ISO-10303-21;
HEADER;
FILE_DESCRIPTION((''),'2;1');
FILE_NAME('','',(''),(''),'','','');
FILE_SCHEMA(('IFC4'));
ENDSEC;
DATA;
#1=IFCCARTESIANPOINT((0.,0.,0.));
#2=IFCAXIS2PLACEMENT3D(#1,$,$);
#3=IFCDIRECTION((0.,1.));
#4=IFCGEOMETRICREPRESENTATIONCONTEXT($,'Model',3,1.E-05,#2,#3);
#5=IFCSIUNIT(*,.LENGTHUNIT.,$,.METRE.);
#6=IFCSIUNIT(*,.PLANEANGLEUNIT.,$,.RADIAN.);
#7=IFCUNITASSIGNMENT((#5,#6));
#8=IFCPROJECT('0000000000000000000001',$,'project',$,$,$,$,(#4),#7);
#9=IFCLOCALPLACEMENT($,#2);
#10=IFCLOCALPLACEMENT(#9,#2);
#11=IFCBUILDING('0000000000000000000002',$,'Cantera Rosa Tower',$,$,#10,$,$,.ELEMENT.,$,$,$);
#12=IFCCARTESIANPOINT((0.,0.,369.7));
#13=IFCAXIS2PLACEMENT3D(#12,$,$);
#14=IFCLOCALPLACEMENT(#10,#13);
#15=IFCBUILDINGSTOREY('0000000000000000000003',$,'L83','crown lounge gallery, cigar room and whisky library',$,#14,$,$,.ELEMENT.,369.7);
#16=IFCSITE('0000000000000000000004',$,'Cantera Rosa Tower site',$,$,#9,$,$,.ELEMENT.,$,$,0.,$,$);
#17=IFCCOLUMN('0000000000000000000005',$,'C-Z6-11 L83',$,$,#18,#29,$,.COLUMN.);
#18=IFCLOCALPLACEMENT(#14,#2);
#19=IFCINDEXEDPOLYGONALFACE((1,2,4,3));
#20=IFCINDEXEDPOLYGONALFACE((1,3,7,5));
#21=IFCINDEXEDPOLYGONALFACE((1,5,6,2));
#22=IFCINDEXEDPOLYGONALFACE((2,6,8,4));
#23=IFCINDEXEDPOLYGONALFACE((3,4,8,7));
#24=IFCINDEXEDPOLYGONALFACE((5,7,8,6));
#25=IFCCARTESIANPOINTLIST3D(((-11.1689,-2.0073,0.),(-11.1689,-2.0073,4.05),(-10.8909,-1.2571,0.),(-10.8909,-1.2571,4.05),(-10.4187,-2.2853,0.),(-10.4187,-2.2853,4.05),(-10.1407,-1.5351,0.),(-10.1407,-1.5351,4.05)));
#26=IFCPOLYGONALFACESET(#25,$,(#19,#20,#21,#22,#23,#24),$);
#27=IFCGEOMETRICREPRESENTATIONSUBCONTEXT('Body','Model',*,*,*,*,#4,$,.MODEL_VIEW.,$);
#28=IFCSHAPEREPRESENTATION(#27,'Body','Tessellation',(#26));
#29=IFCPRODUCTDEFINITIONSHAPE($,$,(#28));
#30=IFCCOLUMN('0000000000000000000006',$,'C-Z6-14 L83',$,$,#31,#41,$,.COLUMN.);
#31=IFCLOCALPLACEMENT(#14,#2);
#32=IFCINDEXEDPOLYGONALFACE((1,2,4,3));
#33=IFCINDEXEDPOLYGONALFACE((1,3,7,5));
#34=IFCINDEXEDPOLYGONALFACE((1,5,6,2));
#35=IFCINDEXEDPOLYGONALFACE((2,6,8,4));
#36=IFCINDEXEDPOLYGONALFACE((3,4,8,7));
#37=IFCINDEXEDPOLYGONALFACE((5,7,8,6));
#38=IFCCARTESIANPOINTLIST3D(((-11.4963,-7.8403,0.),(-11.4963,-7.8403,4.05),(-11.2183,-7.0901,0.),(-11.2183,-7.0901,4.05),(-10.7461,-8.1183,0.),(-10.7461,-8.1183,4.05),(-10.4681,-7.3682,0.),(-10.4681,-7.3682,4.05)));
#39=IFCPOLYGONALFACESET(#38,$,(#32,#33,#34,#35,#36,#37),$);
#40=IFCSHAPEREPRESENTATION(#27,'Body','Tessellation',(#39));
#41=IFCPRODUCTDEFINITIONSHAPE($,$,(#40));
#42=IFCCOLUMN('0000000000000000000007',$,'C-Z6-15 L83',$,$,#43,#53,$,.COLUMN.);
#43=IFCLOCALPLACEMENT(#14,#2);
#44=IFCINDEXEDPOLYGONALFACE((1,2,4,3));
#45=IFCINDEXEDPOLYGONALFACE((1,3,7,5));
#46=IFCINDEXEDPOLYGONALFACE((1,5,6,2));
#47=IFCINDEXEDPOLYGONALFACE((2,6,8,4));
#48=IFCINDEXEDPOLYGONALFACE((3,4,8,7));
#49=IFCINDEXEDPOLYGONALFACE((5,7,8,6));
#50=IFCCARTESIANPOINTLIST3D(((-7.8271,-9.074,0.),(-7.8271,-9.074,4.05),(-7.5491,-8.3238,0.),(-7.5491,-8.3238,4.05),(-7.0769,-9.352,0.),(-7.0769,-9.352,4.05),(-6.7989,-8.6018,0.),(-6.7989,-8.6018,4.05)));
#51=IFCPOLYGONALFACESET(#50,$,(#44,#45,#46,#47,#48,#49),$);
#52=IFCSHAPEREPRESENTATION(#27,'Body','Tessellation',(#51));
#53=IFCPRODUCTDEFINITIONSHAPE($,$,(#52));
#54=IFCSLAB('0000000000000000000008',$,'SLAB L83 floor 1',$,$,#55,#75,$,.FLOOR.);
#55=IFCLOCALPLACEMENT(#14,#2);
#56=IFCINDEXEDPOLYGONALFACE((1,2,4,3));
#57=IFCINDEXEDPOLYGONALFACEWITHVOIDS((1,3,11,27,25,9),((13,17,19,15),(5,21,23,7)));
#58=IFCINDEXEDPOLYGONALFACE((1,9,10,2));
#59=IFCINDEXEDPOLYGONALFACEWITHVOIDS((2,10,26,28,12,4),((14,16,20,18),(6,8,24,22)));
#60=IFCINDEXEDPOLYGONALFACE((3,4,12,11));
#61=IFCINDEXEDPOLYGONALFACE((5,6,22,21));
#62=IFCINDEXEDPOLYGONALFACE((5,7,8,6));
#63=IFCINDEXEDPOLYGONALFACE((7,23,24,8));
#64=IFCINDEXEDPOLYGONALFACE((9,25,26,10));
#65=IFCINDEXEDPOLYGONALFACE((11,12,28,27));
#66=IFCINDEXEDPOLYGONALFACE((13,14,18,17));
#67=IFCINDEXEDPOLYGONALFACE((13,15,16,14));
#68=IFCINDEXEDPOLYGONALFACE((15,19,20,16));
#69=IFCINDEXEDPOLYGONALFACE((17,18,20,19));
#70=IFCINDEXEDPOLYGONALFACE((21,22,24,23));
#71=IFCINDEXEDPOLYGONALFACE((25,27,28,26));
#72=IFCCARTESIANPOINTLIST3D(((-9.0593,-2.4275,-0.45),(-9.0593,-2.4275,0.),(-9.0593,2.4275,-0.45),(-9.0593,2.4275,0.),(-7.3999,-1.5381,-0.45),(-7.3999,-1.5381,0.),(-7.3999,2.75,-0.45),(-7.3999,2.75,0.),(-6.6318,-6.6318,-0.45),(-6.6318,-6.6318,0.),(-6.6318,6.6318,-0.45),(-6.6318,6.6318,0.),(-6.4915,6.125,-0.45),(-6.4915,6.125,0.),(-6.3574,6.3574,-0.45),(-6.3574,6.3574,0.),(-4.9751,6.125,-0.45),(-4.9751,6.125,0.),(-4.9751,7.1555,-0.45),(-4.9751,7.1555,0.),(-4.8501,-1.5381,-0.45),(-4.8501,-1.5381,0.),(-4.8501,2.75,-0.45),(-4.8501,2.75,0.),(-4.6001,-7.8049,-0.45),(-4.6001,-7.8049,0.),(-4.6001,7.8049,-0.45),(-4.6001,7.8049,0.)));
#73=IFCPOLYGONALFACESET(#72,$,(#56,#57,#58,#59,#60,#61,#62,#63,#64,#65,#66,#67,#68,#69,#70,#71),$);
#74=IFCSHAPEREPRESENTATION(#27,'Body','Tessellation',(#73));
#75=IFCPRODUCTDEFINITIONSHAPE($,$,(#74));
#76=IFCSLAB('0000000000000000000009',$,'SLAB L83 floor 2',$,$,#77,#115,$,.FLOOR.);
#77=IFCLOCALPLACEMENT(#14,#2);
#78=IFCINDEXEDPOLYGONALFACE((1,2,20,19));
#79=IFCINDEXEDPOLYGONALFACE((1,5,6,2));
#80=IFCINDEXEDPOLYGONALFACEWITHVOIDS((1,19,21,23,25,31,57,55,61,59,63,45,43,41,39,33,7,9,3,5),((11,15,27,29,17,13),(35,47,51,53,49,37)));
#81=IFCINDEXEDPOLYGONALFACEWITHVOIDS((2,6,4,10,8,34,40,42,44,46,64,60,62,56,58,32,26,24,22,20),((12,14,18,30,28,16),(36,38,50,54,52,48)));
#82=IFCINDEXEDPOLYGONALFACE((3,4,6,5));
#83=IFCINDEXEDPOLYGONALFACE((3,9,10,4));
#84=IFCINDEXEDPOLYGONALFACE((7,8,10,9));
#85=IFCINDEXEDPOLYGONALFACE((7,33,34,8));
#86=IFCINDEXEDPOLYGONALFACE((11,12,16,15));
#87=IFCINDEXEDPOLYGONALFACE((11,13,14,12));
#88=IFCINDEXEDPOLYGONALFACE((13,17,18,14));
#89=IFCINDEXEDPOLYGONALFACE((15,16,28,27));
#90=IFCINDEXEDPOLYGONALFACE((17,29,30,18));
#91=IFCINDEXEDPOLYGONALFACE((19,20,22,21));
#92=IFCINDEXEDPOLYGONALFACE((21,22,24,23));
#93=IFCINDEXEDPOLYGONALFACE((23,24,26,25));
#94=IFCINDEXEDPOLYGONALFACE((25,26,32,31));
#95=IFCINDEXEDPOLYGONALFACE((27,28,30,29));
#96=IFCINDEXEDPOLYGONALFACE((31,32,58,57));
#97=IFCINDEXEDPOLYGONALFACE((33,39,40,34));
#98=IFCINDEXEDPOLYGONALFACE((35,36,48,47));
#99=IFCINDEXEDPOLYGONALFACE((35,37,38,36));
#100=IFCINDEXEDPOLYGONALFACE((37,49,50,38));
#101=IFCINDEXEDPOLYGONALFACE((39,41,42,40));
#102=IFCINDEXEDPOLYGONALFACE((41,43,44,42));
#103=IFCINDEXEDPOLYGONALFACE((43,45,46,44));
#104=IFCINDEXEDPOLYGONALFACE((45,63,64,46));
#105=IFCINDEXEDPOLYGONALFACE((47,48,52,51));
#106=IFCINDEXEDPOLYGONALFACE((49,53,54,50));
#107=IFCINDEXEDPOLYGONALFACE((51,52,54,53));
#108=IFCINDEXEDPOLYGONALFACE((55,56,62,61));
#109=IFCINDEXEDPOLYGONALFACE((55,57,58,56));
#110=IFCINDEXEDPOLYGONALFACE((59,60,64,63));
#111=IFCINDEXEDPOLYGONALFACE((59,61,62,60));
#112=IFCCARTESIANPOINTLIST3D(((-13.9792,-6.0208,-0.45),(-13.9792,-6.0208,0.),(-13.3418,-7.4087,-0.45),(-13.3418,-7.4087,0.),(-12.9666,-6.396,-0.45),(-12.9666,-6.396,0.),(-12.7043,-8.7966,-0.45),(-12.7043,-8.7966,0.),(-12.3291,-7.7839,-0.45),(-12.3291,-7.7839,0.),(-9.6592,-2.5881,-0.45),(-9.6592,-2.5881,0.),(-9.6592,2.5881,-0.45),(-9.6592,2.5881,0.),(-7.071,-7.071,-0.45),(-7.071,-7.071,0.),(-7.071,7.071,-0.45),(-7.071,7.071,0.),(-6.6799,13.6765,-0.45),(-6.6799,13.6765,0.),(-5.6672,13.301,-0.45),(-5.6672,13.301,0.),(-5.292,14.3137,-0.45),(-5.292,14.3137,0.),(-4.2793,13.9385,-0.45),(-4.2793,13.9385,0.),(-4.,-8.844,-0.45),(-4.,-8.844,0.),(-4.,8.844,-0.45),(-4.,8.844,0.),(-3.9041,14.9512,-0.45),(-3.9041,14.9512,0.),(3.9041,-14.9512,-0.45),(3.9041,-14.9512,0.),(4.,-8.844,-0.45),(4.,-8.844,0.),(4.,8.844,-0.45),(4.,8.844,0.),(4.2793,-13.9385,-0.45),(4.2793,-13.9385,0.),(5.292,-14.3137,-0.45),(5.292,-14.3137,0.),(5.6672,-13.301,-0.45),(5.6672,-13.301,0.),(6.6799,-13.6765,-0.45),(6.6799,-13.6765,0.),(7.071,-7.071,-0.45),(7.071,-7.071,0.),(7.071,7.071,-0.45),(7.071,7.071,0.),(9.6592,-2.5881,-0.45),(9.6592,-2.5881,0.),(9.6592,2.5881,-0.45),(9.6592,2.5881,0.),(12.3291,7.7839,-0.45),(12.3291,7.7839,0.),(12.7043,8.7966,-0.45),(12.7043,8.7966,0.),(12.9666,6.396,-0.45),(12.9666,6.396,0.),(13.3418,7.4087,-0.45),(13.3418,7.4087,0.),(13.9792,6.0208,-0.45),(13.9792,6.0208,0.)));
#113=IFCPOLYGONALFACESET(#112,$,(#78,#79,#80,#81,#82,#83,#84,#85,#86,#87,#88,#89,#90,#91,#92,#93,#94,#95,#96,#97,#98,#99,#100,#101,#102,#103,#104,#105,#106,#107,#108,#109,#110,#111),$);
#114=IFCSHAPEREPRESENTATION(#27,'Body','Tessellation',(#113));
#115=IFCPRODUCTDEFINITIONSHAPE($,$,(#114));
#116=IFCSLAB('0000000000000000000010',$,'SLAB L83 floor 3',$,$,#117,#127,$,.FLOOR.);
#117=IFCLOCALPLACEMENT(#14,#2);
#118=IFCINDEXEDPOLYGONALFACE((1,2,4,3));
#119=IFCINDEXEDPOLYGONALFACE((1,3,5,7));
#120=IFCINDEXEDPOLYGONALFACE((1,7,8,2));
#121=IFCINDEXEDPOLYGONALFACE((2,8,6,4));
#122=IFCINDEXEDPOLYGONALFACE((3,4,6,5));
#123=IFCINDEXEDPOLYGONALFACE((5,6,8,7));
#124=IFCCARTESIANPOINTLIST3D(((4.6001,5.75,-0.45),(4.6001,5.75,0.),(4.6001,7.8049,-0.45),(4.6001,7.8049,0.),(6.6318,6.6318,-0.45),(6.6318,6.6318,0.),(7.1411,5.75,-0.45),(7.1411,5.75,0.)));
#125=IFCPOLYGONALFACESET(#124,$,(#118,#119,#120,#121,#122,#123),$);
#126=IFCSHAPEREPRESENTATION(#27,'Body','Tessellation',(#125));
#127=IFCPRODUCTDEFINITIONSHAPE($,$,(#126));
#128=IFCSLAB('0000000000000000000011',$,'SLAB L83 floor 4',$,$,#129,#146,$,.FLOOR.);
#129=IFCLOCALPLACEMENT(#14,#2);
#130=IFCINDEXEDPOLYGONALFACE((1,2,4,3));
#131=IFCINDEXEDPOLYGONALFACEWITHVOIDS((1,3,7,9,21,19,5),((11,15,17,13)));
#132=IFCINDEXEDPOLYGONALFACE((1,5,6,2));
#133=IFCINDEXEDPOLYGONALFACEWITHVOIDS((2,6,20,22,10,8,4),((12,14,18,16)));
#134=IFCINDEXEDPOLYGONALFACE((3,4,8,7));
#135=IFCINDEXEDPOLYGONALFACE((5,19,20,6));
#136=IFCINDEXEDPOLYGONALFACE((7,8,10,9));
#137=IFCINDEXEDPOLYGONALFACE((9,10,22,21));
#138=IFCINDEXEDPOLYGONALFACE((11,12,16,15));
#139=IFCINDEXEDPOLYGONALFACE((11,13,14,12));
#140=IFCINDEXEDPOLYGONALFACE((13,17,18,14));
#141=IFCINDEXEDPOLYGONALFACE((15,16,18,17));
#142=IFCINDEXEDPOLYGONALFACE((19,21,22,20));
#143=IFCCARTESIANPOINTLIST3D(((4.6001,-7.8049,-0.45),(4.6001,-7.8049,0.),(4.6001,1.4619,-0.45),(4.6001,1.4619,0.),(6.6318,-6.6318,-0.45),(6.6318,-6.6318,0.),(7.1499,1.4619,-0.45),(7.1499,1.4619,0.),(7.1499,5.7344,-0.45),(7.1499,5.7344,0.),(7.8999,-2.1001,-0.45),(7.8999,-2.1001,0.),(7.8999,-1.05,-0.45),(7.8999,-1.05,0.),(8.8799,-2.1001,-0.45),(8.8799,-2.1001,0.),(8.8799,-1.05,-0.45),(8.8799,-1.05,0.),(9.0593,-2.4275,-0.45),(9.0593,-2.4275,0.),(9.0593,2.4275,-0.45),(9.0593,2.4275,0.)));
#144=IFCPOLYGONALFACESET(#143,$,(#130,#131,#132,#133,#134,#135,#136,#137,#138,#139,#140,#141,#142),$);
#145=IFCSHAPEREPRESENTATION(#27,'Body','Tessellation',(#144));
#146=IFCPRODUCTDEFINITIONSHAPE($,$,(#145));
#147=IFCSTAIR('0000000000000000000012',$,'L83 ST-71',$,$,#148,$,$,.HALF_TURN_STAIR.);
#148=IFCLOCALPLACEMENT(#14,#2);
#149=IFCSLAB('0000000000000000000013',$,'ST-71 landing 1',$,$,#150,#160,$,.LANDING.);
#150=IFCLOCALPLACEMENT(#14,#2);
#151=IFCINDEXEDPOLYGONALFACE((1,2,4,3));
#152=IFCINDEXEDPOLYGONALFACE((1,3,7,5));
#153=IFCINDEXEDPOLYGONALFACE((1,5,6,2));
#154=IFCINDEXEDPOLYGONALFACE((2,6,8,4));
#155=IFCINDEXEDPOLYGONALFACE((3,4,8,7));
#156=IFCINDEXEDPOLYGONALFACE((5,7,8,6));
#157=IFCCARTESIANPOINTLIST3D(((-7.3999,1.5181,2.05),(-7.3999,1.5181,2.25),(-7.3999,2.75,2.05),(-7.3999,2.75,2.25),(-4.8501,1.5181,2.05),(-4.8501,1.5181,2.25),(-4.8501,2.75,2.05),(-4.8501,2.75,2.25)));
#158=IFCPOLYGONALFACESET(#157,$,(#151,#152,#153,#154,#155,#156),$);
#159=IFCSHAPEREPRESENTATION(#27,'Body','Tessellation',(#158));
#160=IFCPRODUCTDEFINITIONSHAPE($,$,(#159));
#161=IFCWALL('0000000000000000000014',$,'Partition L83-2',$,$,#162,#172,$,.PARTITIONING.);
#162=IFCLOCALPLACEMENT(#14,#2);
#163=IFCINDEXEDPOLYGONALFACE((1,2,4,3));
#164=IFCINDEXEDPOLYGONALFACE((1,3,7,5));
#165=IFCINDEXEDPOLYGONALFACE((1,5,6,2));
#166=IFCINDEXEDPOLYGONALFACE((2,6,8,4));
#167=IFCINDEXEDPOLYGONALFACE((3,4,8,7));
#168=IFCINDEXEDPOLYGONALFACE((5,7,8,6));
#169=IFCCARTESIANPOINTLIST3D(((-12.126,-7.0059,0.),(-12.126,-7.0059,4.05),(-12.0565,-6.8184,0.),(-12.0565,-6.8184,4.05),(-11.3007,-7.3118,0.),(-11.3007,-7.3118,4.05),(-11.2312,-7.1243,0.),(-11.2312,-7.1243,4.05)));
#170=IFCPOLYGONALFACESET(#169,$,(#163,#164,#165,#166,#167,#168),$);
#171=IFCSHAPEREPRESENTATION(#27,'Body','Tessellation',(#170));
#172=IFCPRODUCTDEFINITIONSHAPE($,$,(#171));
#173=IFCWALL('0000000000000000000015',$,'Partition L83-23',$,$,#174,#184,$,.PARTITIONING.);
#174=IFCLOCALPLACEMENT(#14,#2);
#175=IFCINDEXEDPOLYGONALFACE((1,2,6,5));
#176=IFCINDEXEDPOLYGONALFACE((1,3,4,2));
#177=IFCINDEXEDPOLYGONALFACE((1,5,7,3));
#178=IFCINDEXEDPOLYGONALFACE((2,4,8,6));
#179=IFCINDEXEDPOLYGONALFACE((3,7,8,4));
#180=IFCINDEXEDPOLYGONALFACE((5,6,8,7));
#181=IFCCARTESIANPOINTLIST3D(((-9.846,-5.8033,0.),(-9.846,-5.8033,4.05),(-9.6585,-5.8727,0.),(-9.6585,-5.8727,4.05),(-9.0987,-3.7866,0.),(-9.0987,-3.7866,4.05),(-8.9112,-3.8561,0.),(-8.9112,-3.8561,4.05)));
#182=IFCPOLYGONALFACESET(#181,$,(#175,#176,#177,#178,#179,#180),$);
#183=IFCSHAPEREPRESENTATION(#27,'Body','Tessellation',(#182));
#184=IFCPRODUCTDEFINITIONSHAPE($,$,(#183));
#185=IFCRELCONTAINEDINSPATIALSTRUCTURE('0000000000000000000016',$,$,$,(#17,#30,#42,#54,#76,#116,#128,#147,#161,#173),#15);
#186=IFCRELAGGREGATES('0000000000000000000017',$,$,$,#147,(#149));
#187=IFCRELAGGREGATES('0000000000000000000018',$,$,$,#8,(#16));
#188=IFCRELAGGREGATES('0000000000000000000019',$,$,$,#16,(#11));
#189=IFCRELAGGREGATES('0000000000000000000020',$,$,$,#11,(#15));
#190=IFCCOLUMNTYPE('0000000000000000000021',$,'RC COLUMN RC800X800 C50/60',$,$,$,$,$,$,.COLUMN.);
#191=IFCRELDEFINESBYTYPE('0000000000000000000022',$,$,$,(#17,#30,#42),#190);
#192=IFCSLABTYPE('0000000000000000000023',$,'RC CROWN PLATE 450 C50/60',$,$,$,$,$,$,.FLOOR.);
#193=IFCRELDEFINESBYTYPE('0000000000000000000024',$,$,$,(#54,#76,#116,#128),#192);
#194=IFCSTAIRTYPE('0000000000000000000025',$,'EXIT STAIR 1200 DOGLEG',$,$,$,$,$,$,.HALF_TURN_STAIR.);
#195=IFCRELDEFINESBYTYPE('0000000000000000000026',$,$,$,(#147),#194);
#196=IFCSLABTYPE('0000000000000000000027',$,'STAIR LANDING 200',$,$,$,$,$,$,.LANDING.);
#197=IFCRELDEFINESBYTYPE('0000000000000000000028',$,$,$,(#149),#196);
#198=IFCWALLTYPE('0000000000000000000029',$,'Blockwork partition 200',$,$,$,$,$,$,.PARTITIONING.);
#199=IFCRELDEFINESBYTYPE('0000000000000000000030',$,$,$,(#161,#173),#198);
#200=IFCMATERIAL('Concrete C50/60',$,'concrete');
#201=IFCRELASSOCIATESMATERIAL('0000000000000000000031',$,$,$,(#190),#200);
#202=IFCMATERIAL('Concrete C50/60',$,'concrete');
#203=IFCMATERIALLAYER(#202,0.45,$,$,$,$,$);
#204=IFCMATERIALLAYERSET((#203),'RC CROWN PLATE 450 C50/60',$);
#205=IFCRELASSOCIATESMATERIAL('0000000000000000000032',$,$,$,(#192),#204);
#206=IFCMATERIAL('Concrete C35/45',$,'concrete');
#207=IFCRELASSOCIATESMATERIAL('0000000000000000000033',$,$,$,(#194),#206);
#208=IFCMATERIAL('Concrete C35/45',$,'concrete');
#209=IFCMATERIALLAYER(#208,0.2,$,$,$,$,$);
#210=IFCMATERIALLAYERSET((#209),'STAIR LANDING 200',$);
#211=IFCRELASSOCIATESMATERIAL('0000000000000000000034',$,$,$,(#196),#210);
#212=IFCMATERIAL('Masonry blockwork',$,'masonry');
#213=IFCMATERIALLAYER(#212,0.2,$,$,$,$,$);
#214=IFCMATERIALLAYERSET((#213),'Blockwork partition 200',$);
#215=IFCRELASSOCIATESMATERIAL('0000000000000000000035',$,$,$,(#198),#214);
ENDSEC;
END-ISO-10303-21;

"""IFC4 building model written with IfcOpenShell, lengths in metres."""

from ifc_helpers import new_model, si_unit, direction, frame, frame_2d, origin, origin_2d, place, context, subcontext, project, spatial, polyline, rectangle, outline, extrude, material, layer, layer_set, material_profile, profile_set, type_object, element, aggregate, save


model = new_model("IFC4")

# Units and contexts
model_context = context("Model", 3, precision=1e-05, world=origin(), true_north=direction((0.0, 1.0)))
body_context = subcontext(model_context, "Body", "Model", "MODEL_VIEW")
ifc_project = project(units=[si_unit("LENGTHUNIT", "METRE"), si_unit("PLANEANGLEUNIT", "RADIAN")], contexts=[model_context])

# Site, building, storey
site_placement = place(None, origin())
site = spatial("IfcSite", under=ifc_project, at=site_placement, Name="Cantera Rosa Tower site", CompositionType="ELEMENT", RefElevation=0.0)
building_placement = place(site_placement, origin())
building = spatial("IfcBuilding", under=site, at=building_placement, Name="Cantera Rosa Tower", CompositionType="ELEMENT")
storey_placement = place(building_placement, frame((0.0, 0.0, 369.7)))
storey = spatial("IfcBuildingStorey", under=building, at=storey_placement, Name="L83", Description="crown lounge gallery, cigar room and whisky library", CompositionType="ELEMENT", Elevation=369.7)

# Columns
ifc_material_1 = material(Name="Concrete C50/60", Category="concrete")
ifc_material_profile = material_profile(ifc_material_1, rectangle(XDim=0.8, YDim=0.8, at=origin_2d()), Name="RC COLUMN RC800X800 C50/60")
ifc_profile_set = profile_set([ifc_material_profile], Name="Concrete C50/60")
column_type = type_object("IfcColumnType", Name="RC COLUMN RC800X800 C50/60", PredefinedType="COLUMN", material=ifc_profile_set)
for number, where, z_axis, x_axis, name in (
    (1, (-10.6548, -1.7712, 0.0), (0.0, 0.0, 1.0), (0.347481, 0.937687, 0.0), "C-Z6-11 L83"),
    (2, (-10.9822, -7.6042, 0.0), (0.0, 0.0, 1.0), (0.347481, 0.937687, 0.0), "C-Z6-14 L83"),
    (3, (-7.313, -8.8379, 0.0), (0.0, 0.0, 1.0), (0.347481, 0.937687, 0.0), "C-Z6-15 L83"),
):
    element("IfcColumn", number, at=place(storey_placement, frame(where, z_axis=z_axis, x_axis=x_axis)), inside=storey, type_object=column_type, Name=name, PredefinedType="COLUMN", context=body_context, shape_type="SweptSolid", body=[
        extrude(rectangle(XDim=0.8, YDim=0.8, at=origin_2d()), origin(), (0.0, 0.0, 1.0), 4.05),
    ])

# Slabs
ifc_material_2 = material(Name="Concrete C50/60", Category="concrete")
ifc_layer_1 = layer(ifc_material_2, 0.45)
ifc_layer_set_1 = layer_set([ifc_layer_1], Name="RC CROWN PLATE 450 C50/60")
slab_type_1 = type_object("IfcSlabType", Name="RC CROWN PLATE 450 C50/60", PredefinedType="FLOOR", material=ifc_layer_set_1)
slab_1_placement = place(storey_placement, frame((0.0, 0.0, -0.45)))
element("IfcSlab", 4, at=slab_1_placement, inside=storey, type_object=slab_type_1, Name="SLAB L83 floor 1", PredefinedType="FLOOR", context=body_context, shape_type="SweptSolid", body=[
    extrude(outline(polyline([(-4.6001, 7.8049), (-4.6001, -7.8049), (-6.6318, -6.6318), (-9.0593, -2.4275), (-9.0593, 2.4275), (-6.6318, 6.6318), (-4.6001, 7.8049)]), holes=[polyline([(-7.3999, 2.75), (-7.3999, -1.5381), (-4.8501, -1.5381), (-4.8501, 2.75), (-7.3999, 2.75)]), polyline([(-4.9751, 6.125), (-4.9751, 7.1555), (-6.3574, 6.3574), (-6.4915, 6.125), (-4.9751, 6.125)])]), origin(), (0.0, 0.0, 1.0), 0.45),
])
slab_2_placement = place(storey_placement, frame((0.0, 0.0, -0.45)))
element("IfcSlab", 5, at=slab_2_placement, inside=storey, type_object=slab_type_1, Name="SLAB L83 floor 2", PredefinedType="FLOOR", context=body_context, shape_type="SweptSolid", body=[
    extrude(outline(polyline([(13.3418, 7.4087), (12.9666, 6.396), (13.9792, 6.0208), (6.6799, -13.6765), (5.6672, -13.301), (5.292, -14.3137), (4.2793, -13.9385), (3.9041, -14.9512), (-12.7043, -8.7966), (-12.3291, -7.7839), (-13.3418, -7.4087), (-12.9666, -6.396), (-13.9792, -6.0208), (-6.6799, 13.6765), (-5.6672, 13.301), (-5.292, 14.3137), (-4.2793, 13.9385), (-3.9041, 14.9512), (12.7043, 8.7966), (12.3291, 7.7839), (13.3418, 7.4087)]), holes=[polyline([(-9.6592, 2.5881), (-9.6592, -2.5881), (-7.071, -7.071), (-4.0, -8.844), (-4.0, 8.844), (-7.071, 7.071), (-9.6592, 2.5881)]), polyline([(9.6592, -2.5881), (9.6592, 2.5881), (7.071, 7.071), (4.0, 8.844), (4.0, -8.844), (7.071, -7.071), (9.6592, -2.5881)])]), origin(), (0.0, 0.0, 1.0), 0.45),
])
slab_3_placement = place(storey_placement, frame((0.0, 0.0, -0.45)))
element("IfcSlab", 6, at=slab_3_placement, inside=storey, type_object=slab_type_1, Name="SLAB L83 floor 3", PredefinedType="FLOOR", context=body_context, shape_type="SweptSolid", body=[
    extrude(outline(polyline([(4.6001, 5.75), (4.6001, 7.8049), (6.6318, 6.6318), (7.1411, 5.75), (4.6001, 5.75)])), origin(), (0.0, 0.0, 1.0), 0.45),
])
slab_4_placement = place(storey_placement, frame((0.0, 0.0, -0.45)))
element("IfcSlab", 7, at=slab_4_placement, inside=storey, type_object=slab_type_1, Name="SLAB L83 floor 4", PredefinedType="FLOOR", context=body_context, shape_type="SweptSolid", body=[
    extrude(outline(polyline([(4.6001, -7.8049), (4.6001, 1.4619), (7.1499, 1.4619), (7.1499, 5.7344), (9.0593, 2.4275), (9.0593, -2.4275), (6.6318, -6.6318), (4.6001, -7.8049)]), holes=[polyline([(8.8799, -2.1001), (8.8799, -1.05), (7.8999, -1.05), (7.8999, -2.1001), (8.8799, -2.1001)])]), origin(), (0.0, 0.0, 1.0), 0.45),
])

# Stair, slab
ifc_material_3 = material(Name="Concrete C35/45", Category="concrete")
stair_type = type_object("IfcStairType", Name="EXIT STAIR 1200 DOGLEG", PredefinedType="HALF_TURN_STAIR", material=ifc_material_3)
stair_placement = place(storey_placement, origin())
stair = element("IfcStair", 8, at=stair_placement, inside=storey, type_object=stair_type, Name="L83 ST-71", PredefinedType="HALF_TURN_STAIR")
ifc_material_4 = material(Name="Concrete C35/45", Category="concrete")
ifc_layer_2 = layer(ifc_material_4, 0.2)
ifc_layer_set_2 = layer_set([ifc_layer_2], Name="STAIR LANDING 200")
slab_type_2 = type_object("IfcSlabType", Name="STAIR LANDING 200", PredefinedType="LANDING", material=ifc_layer_set_2)
slab_5_placement = place(storey_placement, frame((0.0, 0.0, 2.05)))
slab_5 = element("IfcSlab", 9, at=slab_5_placement, type_object=slab_type_2, Name="ST-71 landing 1", PredefinedType="LANDING", context=body_context, shape_type="SweptSolid", body=[
    extrude(outline(polyline([(-4.8501, 1.5181), (-4.8501, 2.75), (-7.3999, 2.75), (-7.3999, 1.5181), (-4.8501, 1.5181)])), origin(), (0.0, 0.0, 1.0), 0.2),
])

# Walls
ifc_material_5 = material(Name="Masonry blockwork", Category="masonry")
ifc_layer_3 = layer(ifc_material_5, 0.2)
ifc_layer_set_3 = layer_set([ifc_layer_3], Name="Blockwork partition 200")
wall_type_1 = type_object("IfcWallType", Name="Blockwork partition 200", PredefinedType="PARTITIONING", material=ifc_layer_set_3)
wall_1_placement = place(storey_placement, frame((-11.2661, -7.218, 0.0), z_axis=(0.0, 0.0, 1.0), x_axis=(-0.937645, 0.347594, 0.0)))
element("IfcWall", 10, at=wall_1_placement, inside=storey, type_object=wall_type_1, Name="Partition L83-2", PredefinedType="PARTITIONING", context=body_context, shape_type="SweptSolid", body=[
    extrude(rectangle(XDim=0.8801, YDim=0.2, at=frame_2d((0.4399, 0.0))), origin(), (0.0, 0.0, 1.0), 4.05),
])
wall_2_placement = place(storey_placement, frame((-9.7522, -5.8379, 0.0), z_axis=(0.0, 0.0, 1.0), x_axis=(0.347488, 0.937684, 0.0)))
element("IfcWall", 11, at=wall_2_placement, inside=storey, type_object=wall_type_1, Name="Partition L83-23", PredefinedType="PARTITIONING", context=body_context, shape_type="SweptSolid", body=[
    extrude(rectangle(XDim=2.1506, YDim=0.2, at=frame_2d((1.0752, 0.0))), origin(), (0.0, 0.0, 1.0), 4.05),
])

aggregate(stair, [slab_5])

save(model, "model.ifc")
